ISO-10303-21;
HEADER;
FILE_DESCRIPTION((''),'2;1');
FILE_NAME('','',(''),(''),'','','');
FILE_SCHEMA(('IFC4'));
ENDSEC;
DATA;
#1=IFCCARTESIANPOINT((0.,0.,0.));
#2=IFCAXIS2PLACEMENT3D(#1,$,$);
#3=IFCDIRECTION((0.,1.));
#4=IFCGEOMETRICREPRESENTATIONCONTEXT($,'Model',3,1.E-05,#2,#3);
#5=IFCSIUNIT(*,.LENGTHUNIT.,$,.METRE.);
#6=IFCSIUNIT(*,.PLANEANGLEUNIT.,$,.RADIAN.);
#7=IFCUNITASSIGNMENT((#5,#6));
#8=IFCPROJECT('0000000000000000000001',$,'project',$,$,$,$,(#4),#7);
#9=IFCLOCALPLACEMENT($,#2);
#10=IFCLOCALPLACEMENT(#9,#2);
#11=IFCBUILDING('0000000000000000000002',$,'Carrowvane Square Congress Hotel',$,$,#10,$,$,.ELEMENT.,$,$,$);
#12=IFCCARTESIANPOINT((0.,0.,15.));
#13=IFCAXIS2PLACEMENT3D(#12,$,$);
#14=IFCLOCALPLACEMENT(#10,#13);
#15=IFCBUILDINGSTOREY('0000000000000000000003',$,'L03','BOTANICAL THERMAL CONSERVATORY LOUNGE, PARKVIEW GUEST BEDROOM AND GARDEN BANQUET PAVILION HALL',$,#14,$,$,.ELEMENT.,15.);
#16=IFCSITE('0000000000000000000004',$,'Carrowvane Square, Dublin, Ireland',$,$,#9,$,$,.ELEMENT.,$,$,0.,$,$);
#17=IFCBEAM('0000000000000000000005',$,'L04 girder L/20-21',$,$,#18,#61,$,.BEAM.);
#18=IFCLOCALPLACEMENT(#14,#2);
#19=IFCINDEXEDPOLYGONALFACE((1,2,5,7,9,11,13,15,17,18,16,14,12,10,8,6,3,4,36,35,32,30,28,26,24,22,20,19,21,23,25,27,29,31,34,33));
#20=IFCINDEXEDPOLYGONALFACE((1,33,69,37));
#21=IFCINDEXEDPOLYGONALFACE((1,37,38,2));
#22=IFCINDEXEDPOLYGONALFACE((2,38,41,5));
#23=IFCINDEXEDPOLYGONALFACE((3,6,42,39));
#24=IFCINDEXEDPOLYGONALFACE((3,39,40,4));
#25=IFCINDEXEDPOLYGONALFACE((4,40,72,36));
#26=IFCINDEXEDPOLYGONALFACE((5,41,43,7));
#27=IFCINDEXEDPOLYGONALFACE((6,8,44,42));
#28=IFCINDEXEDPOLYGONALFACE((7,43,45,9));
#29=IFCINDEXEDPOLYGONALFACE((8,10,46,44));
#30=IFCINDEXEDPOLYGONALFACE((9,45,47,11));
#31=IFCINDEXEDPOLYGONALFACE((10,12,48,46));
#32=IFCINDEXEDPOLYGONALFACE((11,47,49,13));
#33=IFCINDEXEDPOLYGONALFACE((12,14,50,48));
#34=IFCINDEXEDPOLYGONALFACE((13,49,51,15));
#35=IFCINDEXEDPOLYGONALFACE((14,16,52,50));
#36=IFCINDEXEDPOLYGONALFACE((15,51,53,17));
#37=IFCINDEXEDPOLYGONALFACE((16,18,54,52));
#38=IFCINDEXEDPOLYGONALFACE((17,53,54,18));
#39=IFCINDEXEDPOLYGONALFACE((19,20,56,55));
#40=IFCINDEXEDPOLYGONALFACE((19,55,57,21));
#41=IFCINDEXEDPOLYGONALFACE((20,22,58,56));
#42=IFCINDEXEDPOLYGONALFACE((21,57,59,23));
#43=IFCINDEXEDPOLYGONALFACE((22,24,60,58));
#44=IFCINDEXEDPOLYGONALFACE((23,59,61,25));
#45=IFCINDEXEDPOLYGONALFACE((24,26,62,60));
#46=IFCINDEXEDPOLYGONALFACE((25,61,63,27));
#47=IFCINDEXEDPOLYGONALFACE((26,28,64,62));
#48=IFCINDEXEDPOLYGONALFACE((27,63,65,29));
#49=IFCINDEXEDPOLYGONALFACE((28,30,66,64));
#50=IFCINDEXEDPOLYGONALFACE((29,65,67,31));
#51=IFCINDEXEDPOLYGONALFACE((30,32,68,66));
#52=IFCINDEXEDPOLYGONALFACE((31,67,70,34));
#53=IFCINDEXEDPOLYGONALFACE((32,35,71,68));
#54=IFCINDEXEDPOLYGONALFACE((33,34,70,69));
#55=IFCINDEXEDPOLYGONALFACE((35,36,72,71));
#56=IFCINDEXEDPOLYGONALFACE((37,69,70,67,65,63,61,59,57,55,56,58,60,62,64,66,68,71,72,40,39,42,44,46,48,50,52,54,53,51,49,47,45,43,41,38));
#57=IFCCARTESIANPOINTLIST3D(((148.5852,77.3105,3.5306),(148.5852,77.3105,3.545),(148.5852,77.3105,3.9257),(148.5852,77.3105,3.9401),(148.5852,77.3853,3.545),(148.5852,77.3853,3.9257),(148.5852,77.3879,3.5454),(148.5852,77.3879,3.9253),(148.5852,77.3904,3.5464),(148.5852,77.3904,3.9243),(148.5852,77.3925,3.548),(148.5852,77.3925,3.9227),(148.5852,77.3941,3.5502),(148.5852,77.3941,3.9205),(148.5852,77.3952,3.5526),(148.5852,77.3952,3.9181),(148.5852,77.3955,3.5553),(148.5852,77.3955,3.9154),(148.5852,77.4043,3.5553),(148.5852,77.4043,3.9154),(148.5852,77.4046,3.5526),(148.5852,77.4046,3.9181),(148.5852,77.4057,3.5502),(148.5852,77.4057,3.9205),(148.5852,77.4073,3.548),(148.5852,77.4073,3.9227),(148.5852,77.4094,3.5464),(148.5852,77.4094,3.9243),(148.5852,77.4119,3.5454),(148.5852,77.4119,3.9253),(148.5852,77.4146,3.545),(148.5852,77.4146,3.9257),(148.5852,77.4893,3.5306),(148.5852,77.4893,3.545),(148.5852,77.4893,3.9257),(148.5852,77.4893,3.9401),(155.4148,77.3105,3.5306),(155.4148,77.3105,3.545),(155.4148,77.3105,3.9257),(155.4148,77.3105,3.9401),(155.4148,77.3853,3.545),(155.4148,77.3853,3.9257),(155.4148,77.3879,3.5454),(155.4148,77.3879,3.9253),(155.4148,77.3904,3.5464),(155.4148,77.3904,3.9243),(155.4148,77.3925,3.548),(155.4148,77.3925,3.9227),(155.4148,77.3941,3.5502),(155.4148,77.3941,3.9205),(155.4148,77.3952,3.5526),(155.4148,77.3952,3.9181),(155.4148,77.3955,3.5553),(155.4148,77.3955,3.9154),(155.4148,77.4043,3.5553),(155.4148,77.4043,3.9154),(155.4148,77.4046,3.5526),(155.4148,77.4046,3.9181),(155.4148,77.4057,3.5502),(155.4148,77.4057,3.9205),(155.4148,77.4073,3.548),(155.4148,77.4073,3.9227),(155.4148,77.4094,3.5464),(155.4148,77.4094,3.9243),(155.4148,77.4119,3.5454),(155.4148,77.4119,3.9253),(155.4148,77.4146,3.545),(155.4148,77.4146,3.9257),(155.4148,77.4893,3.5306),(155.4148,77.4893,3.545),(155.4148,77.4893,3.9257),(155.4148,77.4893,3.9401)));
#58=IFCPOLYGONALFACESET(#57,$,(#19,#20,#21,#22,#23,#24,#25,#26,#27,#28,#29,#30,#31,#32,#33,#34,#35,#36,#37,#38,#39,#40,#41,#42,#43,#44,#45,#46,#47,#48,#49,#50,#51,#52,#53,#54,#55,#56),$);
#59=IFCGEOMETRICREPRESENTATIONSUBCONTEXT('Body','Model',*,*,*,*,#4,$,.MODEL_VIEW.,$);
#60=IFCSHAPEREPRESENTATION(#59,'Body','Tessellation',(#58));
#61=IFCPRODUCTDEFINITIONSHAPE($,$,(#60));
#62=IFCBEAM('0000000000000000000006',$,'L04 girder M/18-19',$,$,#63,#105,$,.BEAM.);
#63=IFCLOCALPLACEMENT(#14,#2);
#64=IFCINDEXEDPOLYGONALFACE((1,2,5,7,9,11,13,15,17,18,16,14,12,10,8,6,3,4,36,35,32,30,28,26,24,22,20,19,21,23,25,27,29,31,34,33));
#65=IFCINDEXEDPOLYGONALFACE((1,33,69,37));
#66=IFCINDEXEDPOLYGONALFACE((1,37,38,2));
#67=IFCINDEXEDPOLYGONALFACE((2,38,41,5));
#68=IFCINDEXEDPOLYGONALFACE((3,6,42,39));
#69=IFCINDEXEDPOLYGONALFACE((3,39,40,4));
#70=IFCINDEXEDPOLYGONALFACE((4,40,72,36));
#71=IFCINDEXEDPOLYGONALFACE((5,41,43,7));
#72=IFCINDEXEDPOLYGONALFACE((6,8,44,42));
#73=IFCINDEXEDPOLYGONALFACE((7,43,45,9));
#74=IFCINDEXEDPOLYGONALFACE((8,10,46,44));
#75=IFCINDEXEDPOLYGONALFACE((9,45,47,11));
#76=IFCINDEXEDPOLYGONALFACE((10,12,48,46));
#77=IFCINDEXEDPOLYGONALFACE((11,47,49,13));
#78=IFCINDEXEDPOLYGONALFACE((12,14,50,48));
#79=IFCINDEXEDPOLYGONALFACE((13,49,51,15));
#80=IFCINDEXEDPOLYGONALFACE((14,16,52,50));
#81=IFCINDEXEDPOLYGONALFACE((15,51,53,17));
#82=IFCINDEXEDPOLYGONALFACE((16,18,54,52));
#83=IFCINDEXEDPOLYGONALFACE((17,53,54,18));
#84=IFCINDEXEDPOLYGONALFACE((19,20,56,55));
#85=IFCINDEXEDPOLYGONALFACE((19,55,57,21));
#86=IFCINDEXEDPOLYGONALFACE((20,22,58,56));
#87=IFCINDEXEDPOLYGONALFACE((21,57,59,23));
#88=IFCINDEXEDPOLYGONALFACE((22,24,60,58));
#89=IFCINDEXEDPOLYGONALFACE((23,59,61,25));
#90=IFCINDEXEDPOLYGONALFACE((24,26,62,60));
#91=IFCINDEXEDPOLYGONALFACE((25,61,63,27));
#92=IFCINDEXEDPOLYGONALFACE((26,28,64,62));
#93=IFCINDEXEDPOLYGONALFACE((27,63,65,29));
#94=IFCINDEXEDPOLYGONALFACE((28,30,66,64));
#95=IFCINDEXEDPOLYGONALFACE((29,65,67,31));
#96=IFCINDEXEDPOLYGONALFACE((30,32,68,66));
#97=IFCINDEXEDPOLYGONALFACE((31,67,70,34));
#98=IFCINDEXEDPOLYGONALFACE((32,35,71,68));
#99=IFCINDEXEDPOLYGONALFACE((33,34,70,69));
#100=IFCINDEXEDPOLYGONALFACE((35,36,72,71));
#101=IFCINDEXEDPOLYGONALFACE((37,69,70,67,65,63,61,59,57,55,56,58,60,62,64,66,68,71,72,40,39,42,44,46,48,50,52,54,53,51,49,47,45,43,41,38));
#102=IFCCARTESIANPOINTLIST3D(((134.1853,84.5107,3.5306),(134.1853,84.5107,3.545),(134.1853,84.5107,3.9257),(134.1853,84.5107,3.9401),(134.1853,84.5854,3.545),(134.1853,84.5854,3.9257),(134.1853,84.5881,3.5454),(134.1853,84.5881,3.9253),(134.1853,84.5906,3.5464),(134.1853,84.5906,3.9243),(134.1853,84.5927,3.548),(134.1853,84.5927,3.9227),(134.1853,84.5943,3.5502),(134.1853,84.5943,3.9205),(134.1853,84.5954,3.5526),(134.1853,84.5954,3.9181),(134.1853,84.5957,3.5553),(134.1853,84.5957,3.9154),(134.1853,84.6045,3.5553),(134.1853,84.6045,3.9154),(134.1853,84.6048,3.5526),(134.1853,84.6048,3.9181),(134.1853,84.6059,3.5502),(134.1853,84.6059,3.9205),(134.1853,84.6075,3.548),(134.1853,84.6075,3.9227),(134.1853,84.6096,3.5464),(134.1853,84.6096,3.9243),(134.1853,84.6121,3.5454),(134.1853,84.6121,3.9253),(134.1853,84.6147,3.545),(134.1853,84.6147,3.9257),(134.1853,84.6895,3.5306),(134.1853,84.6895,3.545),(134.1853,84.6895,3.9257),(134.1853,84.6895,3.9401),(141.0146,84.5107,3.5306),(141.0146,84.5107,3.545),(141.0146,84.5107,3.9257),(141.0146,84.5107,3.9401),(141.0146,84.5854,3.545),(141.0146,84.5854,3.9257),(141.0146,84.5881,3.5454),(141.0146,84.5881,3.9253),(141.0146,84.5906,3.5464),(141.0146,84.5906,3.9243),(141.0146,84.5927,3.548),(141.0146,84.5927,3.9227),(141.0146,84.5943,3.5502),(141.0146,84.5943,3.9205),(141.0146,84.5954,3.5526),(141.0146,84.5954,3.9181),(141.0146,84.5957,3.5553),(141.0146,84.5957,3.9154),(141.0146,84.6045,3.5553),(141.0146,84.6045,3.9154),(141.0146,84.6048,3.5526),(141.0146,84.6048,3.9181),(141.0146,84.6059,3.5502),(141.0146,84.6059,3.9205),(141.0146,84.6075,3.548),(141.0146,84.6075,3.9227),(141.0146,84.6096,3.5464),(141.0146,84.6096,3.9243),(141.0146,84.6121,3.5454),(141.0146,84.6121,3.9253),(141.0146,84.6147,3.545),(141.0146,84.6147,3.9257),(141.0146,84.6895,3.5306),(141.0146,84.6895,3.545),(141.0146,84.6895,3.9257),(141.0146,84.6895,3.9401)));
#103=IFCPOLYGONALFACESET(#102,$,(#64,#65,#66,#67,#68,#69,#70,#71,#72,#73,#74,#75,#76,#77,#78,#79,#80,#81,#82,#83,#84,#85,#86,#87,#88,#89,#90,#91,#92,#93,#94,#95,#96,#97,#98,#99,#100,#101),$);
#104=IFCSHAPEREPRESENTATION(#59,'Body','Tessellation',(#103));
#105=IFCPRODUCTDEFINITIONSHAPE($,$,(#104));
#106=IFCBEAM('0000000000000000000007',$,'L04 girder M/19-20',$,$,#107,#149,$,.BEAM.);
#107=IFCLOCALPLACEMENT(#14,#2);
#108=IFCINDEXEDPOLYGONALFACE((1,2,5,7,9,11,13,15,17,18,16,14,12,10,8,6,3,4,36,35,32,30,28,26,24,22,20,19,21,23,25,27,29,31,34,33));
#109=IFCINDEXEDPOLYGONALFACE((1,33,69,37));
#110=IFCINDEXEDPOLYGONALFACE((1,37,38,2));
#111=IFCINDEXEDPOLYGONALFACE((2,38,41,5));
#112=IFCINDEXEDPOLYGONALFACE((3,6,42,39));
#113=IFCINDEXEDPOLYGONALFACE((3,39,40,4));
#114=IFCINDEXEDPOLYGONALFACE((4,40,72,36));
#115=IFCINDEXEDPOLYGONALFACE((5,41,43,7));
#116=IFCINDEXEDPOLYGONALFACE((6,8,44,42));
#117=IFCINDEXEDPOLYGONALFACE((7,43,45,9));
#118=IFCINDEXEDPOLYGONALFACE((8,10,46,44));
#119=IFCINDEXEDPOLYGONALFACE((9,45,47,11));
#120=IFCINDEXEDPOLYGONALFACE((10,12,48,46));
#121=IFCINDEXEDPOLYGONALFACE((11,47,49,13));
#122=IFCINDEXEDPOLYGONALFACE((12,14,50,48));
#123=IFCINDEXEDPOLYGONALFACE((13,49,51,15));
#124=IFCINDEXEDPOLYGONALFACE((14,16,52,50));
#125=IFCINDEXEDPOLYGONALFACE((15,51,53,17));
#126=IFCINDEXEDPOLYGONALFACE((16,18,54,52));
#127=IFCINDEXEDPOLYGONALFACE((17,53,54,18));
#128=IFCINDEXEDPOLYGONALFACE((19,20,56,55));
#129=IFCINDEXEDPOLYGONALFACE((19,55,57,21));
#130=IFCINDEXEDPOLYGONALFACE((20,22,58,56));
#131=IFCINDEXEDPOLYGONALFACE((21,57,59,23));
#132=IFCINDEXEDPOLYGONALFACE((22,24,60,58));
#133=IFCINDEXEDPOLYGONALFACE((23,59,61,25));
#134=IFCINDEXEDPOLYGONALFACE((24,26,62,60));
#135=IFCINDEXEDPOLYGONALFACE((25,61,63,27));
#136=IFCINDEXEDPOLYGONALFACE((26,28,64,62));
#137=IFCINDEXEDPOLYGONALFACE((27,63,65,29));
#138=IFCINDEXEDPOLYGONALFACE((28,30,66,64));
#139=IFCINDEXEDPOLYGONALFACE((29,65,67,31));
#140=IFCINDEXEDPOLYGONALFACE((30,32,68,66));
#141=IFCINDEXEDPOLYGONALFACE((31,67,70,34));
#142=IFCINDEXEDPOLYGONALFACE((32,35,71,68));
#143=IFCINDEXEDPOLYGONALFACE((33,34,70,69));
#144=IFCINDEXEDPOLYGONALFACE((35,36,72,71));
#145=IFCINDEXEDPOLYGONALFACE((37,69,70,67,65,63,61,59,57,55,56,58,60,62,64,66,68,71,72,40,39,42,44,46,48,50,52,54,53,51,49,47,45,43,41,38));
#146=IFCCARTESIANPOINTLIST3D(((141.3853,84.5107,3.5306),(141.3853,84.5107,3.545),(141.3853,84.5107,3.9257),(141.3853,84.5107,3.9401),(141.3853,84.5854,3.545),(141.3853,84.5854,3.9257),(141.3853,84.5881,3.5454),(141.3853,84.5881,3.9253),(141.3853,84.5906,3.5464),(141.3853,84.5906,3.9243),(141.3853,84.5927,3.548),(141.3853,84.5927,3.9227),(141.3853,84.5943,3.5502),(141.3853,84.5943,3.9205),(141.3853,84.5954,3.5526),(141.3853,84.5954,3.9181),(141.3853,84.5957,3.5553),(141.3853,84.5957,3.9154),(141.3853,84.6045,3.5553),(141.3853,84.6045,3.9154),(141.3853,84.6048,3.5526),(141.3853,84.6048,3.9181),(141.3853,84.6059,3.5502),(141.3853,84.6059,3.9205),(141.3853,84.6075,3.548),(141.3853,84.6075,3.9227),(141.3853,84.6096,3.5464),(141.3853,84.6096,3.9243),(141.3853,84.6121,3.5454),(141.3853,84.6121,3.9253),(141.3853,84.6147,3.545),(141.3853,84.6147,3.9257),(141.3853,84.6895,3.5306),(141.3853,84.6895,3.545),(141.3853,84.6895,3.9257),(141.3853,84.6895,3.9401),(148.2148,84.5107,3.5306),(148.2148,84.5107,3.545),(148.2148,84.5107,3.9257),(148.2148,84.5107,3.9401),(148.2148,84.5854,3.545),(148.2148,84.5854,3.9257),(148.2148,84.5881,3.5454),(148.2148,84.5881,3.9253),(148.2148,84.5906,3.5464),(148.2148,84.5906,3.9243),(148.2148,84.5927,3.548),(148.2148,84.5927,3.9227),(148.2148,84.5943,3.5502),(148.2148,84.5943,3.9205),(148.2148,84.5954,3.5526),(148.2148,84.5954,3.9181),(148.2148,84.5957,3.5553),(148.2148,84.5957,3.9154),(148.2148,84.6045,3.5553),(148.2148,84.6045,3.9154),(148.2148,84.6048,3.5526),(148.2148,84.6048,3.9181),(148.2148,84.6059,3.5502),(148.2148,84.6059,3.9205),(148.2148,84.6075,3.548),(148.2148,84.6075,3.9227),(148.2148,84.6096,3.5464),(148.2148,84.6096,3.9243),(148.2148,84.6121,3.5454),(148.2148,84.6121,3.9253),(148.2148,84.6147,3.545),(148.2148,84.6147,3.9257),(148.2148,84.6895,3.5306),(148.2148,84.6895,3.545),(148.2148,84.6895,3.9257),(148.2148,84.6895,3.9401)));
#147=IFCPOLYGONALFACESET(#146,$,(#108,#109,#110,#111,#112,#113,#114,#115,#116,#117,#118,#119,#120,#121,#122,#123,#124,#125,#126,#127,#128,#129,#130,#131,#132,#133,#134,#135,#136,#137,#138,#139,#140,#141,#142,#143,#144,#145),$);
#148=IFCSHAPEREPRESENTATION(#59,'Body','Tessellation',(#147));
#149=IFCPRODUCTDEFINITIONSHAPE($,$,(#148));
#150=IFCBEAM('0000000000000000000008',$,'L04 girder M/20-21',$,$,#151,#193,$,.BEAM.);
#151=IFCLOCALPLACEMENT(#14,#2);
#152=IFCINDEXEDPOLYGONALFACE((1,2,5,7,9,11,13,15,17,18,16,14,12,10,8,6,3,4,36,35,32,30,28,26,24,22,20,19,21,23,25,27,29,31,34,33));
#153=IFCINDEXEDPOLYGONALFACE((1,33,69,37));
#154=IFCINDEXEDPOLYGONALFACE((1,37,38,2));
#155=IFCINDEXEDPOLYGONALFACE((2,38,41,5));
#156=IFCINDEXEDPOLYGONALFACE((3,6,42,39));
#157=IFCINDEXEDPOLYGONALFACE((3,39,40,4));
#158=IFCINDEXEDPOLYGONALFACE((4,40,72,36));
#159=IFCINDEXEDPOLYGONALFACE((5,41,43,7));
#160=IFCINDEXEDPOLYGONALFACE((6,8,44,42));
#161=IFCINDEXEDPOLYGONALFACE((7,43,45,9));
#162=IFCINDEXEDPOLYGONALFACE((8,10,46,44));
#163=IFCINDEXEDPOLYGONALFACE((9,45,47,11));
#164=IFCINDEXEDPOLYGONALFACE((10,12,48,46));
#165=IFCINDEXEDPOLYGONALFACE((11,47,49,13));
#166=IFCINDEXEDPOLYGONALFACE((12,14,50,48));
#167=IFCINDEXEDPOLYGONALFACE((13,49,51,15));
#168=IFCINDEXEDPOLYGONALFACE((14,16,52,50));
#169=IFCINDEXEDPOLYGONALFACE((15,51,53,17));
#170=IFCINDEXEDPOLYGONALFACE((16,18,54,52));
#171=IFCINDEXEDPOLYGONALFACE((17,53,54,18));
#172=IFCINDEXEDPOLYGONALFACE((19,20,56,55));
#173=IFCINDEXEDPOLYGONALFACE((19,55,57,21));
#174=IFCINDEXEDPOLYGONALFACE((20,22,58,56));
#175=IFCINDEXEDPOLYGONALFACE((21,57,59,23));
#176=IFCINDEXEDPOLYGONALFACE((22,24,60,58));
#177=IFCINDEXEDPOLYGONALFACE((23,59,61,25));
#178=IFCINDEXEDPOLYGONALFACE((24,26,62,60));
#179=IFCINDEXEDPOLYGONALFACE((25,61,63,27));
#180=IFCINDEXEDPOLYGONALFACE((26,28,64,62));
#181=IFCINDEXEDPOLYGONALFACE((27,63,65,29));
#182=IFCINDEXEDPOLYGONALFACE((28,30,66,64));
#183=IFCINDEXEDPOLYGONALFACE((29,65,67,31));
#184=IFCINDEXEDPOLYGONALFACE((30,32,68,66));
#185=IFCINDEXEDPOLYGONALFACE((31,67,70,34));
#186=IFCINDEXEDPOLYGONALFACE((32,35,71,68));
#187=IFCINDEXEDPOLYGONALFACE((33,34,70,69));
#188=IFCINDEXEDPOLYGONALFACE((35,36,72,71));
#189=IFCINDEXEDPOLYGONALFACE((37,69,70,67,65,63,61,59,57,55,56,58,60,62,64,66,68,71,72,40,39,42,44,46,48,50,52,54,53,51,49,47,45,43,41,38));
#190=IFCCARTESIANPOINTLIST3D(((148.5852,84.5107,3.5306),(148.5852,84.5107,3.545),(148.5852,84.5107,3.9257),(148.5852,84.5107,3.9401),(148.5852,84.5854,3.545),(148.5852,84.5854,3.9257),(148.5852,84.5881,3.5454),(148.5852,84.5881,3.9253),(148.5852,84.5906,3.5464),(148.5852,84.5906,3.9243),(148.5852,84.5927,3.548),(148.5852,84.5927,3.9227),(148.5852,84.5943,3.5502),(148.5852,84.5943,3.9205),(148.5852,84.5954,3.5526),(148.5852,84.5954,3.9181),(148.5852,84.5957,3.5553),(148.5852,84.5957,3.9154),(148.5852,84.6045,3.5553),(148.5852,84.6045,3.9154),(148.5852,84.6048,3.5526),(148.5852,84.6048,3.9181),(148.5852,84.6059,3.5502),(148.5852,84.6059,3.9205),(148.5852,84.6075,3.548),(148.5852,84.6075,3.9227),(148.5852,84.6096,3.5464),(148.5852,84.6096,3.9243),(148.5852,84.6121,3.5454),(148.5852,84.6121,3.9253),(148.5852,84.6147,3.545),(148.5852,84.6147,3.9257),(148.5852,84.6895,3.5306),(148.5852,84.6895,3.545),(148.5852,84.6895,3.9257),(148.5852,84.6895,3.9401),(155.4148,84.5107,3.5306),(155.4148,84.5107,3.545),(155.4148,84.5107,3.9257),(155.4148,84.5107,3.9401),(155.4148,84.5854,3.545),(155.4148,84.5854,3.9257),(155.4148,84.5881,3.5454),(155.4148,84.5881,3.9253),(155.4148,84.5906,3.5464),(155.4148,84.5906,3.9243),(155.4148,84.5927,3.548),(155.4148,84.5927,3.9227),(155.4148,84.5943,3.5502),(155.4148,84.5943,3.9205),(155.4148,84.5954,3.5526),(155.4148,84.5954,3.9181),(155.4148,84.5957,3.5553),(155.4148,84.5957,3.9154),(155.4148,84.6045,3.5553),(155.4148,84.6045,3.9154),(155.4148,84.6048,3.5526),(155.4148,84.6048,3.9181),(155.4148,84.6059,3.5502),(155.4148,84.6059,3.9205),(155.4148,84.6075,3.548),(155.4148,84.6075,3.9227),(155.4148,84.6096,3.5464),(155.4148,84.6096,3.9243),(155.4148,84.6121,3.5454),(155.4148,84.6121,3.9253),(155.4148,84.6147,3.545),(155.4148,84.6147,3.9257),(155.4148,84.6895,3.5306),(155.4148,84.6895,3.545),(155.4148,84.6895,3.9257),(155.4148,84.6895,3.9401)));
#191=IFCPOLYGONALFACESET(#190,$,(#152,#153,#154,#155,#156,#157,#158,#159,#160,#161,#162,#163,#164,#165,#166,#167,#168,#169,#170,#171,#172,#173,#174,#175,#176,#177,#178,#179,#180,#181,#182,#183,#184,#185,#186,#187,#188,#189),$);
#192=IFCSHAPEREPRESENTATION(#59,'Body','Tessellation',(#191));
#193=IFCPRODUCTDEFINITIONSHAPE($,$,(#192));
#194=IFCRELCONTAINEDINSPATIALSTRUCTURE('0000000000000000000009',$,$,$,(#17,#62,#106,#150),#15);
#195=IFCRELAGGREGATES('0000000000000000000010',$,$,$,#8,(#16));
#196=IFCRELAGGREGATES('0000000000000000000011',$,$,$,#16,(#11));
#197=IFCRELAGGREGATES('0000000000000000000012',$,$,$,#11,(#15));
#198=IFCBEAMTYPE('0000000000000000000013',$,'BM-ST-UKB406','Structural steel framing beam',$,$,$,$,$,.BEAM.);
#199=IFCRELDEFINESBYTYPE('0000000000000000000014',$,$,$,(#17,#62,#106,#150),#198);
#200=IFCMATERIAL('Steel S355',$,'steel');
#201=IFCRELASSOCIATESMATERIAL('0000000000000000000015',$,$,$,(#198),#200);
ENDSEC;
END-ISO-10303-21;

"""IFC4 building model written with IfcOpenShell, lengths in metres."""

from ifc_helpers import new_model, si_unit, direction, frame, origin, origin_2d, place, context, subcontext, project, spatial, i_section, extrude, material, material_profile, profile_set, type_object, element, save


model = new_model("IFC4")

# Units and contexts
model_context = context("Model", 3, precision=1e-05, world=origin(), true_north=direction((0.0, 1.0)))
body_context = subcontext(model_context, "Body", "Model", "MODEL_VIEW")
ifc_project = project(units=[si_unit("LENGTHUNIT", "METRE"), si_unit("PLANEANGLEUNIT", "RADIAN")], contexts=[model_context])

# Site, building, storey
site_placement = place(None, origin())
site = spatial("IfcSite", under=ifc_project, at=site_placement, Name="Carrowvane Square, Dublin, Ireland", CompositionType="ELEMENT", RefElevation=0.0)
building_placement = place(site_placement, origin())
building = spatial("IfcBuilding", under=site, at=building_placement, Name="Carrowvane Square Congress Hotel", CompositionType="ELEMENT")
storey_placement = place(building_placement, frame((0.0, 0.0, 15.0)))
storey = spatial("IfcBuildingStorey", under=building, at=storey_placement, Name="L03", Description="BOTANICAL THERMAL CONSERVATORY LOUNGE, PARKVIEW GUEST BEDROOM AND GARDEN BANQUET PAVILION HALL", CompositionType="ELEMENT", Elevation=15.0)

# Beams
ifc_material_1 = material(Name="Steel S355", Category="steel")
ifc_material_profile_1 = material_profile(ifc_material_1, i_section(OverallWidth=0.1787, OverallDepth=0.4094, WebThickness=0.0088, FlangeThickness=0.0144, FilletRadius=0.0103, at=origin_2d()), Name="UKB 406x178x67")
ifc_profile_set_1 = profile_set([ifc_material_profile_1], Name="Steel S355")
beam_type_1 = type_object("IfcBeamType", Name="BM-ST-UKB406", Description="Structural steel framing beam", PredefinedType="BEAM", material=ifc_profile_set_1)
for number, where, z_axis, x_axis, name in (
    (1, (148.5852, 77.3999, 3.7354), (1.0, 0.0, 0.0), (0.0, 1.0, 0.0), "L04 girder L/20-21"),
):
    element("IfcBeam", number, at=place(storey_placement, frame(where, z_axis=z_axis, x_axis=x_axis)), inside=storey, type_object=beam_type_1, Name=name, PredefinedType="BEAM", context=body_context, shape_type="SweptSolid", body=[
        extrude(i_section(OverallWidth=0.1787, OverallDepth=0.4094, WebThickness=0.0088, FlangeThickness=0.0144, FilletRadius=0.0103, at=origin_2d()), origin(), (0.0, 0.0, 1.0), 6.8296),
    ])
beam_1_placement = place(storey_placement, frame((134.1853, 84.6001, 3.7354), z_axis=(1.0, 0.0, 0.0), x_axis=(0.0, 1.0, 0.0)))
element("IfcBeam", 2, at=beam_1_placement, inside=storey, type_object=beam_type_1, Name="L04 girder M/18-19", PredefinedType="BEAM", context=body_context, shape_type="SweptSolid", body=[
    extrude(i_section(OverallWidth=0.1787, OverallDepth=0.4094, WebThickness=0.0088, FlangeThickness=0.0144, FilletRadius=0.0103, at=origin_2d()), origin(), (0.0, 0.0, 1.0), 6.8293),
])
for number, where, z_axis, x_axis, name in (
    (3, (141.3853, 84.6001, 3.7354), (1.0, 0.0, 0.0), (0.0, 1.0, 0.0), "L04 girder M/19-20"),
    (4, (148.5852, 84.6001, 3.7354), (1.0, 0.0, 0.0), (0.0, 1.0, 0.0), "L04 girder M/20-21"),
):
    element("IfcBeam", number, at=place(storey_placement, frame(where, z_axis=z_axis, x_axis=x_axis)), inside=storey, type_object=beam_type_1, Name=name, PredefinedType="BEAM", context=body_context, shape_type="SweptSolid", body=[
        extrude(i_section(OverallWidth=0.1787, OverallDepth=0.4094, WebThickness=0.0088, FlangeThickness=0.0144, FilletRadius=0.0103, at=origin_2d()), origin(), (0.0, 0.0, 1.0), 6.8296),
    ])

save(model, "model.ifc")
